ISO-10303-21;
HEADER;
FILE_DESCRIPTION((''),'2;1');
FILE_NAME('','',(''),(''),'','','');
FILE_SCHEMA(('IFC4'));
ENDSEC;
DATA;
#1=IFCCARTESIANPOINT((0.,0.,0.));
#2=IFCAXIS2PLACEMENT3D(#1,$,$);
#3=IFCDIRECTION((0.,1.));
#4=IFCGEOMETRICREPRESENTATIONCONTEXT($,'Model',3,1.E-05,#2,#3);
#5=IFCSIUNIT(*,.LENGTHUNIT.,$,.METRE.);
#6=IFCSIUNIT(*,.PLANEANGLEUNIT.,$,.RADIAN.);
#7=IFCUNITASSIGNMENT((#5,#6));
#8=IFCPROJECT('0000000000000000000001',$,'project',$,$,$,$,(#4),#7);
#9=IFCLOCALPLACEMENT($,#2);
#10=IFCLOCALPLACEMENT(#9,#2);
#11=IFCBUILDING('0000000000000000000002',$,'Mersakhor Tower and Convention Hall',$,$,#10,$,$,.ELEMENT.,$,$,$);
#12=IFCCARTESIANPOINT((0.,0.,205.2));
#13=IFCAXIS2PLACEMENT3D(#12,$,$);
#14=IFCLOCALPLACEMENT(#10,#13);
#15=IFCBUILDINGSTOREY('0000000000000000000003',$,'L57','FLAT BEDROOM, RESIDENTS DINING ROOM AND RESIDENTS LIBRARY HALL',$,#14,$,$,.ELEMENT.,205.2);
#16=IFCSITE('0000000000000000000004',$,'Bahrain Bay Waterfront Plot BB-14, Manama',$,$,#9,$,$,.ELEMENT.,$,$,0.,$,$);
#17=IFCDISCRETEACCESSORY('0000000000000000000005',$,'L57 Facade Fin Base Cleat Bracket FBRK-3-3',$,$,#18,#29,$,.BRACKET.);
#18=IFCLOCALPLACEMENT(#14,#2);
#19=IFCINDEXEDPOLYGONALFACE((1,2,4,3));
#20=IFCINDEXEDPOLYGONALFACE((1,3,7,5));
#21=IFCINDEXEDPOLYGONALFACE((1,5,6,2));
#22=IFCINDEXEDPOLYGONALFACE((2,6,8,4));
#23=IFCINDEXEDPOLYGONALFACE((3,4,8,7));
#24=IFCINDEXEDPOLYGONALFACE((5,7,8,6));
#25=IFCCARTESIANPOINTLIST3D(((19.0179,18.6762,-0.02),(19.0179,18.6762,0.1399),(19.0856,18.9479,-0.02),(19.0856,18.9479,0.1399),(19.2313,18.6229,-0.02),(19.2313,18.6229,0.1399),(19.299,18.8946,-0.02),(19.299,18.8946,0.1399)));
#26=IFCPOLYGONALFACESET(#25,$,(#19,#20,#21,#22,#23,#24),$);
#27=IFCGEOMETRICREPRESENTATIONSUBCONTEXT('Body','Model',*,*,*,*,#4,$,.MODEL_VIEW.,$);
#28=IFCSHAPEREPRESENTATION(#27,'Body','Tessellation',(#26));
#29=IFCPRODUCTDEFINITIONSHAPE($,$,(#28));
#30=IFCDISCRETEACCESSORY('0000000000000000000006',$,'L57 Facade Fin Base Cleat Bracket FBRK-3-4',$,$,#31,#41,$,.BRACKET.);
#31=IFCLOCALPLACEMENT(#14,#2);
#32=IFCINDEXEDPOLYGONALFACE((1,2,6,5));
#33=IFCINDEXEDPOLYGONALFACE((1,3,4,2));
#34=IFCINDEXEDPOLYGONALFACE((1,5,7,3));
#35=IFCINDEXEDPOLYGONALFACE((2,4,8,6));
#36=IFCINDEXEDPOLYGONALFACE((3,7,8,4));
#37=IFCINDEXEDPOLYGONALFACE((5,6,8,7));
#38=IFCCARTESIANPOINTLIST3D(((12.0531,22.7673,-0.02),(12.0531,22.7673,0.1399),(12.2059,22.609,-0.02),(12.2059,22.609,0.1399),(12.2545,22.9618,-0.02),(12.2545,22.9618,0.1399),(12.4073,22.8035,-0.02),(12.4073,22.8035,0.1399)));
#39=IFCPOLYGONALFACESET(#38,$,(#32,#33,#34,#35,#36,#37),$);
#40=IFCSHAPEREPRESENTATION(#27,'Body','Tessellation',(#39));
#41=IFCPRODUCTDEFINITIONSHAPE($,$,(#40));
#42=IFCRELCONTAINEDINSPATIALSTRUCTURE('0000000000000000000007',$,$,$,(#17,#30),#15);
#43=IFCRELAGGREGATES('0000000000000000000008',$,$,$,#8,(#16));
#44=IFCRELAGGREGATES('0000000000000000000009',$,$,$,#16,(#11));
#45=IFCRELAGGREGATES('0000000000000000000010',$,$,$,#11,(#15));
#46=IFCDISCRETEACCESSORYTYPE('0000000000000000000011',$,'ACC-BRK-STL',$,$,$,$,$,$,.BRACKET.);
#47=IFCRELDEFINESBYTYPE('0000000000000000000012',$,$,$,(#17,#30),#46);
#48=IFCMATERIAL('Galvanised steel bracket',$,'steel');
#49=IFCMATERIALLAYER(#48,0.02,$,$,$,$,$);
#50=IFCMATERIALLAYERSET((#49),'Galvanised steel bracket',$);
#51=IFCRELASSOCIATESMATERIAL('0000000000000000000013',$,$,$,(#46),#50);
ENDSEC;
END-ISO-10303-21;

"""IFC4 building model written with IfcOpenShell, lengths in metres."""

from ifc_helpers import new_model, si_unit, direction, frame, origin, origin_2d, place, context, subcontext, project, spatial, rectangle, extrude, material, layer, layer_set, type_object, element, save


model = new_model("IFC4")

# Units and contexts
model_context = context("Model", 3, precision=1e-05, world=origin(), true_north=direction((0.0, 1.0)))
body_context = subcontext(model_context, "Body", "Model", "MODEL_VIEW")
ifc_project = project(units=[si_unit("LENGTHUNIT", "METRE"), si_unit("PLANEANGLEUNIT", "RADIAN")], contexts=[model_context])

# Site, building, storey
site_placement = place(None, origin())
site = spatial("IfcSite", under=ifc_project, at=site_placement, Name="Bahrain Bay Waterfront Plot BB-14, Manama", CompositionType="ELEMENT", RefElevation=0.0)
building_placement = place(site_placement, origin())
building = spatial("IfcBuilding", under=site, at=building_placement, Name="Mersakhor Tower and Convention Hall", CompositionType="ELEMENT")
storey_placement = place(building_placement, frame((0.0, 0.0, 205.2)))
storey = spatial("IfcBuildingStorey", under=building, at=storey_placement, Name="L57", Description="FLAT BEDROOM, RESIDENTS DINING ROOM AND RESIDENTS LIBRARY HALL", CompositionType="ELEMENT", Elevation=205.2)

# Discrete accessories
ifc_material_1 = material(Name="Galvanised steel bracket", Category="steel")
ifc_layer_1 = layer(ifc_material_1, 0.02)
ifc_layer_set_1 = layer_set([ifc_layer_1], Name="Galvanised steel bracket")
discrete_accessory_type = type_object("IfcDiscreteAccessoryType", Name="ACC-BRK-STL", PredefinedType="BRACKET", material=ifc_layer_set_1)
for number, where, z_axis, x_axis, name in (
    (1, (19.1584, 18.7854, -0.02), (0.0, 0.0, 1.0), (-0.241922, -0.970296, 0.0), "L57 Facade Fin Base Cleat Bracket FBRK-3-3"),
    (2, (12.2302, 22.7854, -0.02), (0.0, 0.0, 1.0), (-0.71934, -0.694658, 0.0), "L57 Facade Fin Base Cleat Bracket FBRK-3-4"),
):
    element("IfcDiscreteAccessory", number, at=place(storey_placement, frame(where, z_axis=z_axis, x_axis=x_axis)), inside=storey, type_object=discrete_accessory_type, Name=name, PredefinedType="BRACKET", context=body_context, shape_type="SweptSolid", body=[
        extrude(rectangle(XDim=0.28, YDim=0.22, at=origin_2d()), origin(), (0.0, 0.0, 1.0), 0.1599),
    ])

save(model, "model.ifc")
